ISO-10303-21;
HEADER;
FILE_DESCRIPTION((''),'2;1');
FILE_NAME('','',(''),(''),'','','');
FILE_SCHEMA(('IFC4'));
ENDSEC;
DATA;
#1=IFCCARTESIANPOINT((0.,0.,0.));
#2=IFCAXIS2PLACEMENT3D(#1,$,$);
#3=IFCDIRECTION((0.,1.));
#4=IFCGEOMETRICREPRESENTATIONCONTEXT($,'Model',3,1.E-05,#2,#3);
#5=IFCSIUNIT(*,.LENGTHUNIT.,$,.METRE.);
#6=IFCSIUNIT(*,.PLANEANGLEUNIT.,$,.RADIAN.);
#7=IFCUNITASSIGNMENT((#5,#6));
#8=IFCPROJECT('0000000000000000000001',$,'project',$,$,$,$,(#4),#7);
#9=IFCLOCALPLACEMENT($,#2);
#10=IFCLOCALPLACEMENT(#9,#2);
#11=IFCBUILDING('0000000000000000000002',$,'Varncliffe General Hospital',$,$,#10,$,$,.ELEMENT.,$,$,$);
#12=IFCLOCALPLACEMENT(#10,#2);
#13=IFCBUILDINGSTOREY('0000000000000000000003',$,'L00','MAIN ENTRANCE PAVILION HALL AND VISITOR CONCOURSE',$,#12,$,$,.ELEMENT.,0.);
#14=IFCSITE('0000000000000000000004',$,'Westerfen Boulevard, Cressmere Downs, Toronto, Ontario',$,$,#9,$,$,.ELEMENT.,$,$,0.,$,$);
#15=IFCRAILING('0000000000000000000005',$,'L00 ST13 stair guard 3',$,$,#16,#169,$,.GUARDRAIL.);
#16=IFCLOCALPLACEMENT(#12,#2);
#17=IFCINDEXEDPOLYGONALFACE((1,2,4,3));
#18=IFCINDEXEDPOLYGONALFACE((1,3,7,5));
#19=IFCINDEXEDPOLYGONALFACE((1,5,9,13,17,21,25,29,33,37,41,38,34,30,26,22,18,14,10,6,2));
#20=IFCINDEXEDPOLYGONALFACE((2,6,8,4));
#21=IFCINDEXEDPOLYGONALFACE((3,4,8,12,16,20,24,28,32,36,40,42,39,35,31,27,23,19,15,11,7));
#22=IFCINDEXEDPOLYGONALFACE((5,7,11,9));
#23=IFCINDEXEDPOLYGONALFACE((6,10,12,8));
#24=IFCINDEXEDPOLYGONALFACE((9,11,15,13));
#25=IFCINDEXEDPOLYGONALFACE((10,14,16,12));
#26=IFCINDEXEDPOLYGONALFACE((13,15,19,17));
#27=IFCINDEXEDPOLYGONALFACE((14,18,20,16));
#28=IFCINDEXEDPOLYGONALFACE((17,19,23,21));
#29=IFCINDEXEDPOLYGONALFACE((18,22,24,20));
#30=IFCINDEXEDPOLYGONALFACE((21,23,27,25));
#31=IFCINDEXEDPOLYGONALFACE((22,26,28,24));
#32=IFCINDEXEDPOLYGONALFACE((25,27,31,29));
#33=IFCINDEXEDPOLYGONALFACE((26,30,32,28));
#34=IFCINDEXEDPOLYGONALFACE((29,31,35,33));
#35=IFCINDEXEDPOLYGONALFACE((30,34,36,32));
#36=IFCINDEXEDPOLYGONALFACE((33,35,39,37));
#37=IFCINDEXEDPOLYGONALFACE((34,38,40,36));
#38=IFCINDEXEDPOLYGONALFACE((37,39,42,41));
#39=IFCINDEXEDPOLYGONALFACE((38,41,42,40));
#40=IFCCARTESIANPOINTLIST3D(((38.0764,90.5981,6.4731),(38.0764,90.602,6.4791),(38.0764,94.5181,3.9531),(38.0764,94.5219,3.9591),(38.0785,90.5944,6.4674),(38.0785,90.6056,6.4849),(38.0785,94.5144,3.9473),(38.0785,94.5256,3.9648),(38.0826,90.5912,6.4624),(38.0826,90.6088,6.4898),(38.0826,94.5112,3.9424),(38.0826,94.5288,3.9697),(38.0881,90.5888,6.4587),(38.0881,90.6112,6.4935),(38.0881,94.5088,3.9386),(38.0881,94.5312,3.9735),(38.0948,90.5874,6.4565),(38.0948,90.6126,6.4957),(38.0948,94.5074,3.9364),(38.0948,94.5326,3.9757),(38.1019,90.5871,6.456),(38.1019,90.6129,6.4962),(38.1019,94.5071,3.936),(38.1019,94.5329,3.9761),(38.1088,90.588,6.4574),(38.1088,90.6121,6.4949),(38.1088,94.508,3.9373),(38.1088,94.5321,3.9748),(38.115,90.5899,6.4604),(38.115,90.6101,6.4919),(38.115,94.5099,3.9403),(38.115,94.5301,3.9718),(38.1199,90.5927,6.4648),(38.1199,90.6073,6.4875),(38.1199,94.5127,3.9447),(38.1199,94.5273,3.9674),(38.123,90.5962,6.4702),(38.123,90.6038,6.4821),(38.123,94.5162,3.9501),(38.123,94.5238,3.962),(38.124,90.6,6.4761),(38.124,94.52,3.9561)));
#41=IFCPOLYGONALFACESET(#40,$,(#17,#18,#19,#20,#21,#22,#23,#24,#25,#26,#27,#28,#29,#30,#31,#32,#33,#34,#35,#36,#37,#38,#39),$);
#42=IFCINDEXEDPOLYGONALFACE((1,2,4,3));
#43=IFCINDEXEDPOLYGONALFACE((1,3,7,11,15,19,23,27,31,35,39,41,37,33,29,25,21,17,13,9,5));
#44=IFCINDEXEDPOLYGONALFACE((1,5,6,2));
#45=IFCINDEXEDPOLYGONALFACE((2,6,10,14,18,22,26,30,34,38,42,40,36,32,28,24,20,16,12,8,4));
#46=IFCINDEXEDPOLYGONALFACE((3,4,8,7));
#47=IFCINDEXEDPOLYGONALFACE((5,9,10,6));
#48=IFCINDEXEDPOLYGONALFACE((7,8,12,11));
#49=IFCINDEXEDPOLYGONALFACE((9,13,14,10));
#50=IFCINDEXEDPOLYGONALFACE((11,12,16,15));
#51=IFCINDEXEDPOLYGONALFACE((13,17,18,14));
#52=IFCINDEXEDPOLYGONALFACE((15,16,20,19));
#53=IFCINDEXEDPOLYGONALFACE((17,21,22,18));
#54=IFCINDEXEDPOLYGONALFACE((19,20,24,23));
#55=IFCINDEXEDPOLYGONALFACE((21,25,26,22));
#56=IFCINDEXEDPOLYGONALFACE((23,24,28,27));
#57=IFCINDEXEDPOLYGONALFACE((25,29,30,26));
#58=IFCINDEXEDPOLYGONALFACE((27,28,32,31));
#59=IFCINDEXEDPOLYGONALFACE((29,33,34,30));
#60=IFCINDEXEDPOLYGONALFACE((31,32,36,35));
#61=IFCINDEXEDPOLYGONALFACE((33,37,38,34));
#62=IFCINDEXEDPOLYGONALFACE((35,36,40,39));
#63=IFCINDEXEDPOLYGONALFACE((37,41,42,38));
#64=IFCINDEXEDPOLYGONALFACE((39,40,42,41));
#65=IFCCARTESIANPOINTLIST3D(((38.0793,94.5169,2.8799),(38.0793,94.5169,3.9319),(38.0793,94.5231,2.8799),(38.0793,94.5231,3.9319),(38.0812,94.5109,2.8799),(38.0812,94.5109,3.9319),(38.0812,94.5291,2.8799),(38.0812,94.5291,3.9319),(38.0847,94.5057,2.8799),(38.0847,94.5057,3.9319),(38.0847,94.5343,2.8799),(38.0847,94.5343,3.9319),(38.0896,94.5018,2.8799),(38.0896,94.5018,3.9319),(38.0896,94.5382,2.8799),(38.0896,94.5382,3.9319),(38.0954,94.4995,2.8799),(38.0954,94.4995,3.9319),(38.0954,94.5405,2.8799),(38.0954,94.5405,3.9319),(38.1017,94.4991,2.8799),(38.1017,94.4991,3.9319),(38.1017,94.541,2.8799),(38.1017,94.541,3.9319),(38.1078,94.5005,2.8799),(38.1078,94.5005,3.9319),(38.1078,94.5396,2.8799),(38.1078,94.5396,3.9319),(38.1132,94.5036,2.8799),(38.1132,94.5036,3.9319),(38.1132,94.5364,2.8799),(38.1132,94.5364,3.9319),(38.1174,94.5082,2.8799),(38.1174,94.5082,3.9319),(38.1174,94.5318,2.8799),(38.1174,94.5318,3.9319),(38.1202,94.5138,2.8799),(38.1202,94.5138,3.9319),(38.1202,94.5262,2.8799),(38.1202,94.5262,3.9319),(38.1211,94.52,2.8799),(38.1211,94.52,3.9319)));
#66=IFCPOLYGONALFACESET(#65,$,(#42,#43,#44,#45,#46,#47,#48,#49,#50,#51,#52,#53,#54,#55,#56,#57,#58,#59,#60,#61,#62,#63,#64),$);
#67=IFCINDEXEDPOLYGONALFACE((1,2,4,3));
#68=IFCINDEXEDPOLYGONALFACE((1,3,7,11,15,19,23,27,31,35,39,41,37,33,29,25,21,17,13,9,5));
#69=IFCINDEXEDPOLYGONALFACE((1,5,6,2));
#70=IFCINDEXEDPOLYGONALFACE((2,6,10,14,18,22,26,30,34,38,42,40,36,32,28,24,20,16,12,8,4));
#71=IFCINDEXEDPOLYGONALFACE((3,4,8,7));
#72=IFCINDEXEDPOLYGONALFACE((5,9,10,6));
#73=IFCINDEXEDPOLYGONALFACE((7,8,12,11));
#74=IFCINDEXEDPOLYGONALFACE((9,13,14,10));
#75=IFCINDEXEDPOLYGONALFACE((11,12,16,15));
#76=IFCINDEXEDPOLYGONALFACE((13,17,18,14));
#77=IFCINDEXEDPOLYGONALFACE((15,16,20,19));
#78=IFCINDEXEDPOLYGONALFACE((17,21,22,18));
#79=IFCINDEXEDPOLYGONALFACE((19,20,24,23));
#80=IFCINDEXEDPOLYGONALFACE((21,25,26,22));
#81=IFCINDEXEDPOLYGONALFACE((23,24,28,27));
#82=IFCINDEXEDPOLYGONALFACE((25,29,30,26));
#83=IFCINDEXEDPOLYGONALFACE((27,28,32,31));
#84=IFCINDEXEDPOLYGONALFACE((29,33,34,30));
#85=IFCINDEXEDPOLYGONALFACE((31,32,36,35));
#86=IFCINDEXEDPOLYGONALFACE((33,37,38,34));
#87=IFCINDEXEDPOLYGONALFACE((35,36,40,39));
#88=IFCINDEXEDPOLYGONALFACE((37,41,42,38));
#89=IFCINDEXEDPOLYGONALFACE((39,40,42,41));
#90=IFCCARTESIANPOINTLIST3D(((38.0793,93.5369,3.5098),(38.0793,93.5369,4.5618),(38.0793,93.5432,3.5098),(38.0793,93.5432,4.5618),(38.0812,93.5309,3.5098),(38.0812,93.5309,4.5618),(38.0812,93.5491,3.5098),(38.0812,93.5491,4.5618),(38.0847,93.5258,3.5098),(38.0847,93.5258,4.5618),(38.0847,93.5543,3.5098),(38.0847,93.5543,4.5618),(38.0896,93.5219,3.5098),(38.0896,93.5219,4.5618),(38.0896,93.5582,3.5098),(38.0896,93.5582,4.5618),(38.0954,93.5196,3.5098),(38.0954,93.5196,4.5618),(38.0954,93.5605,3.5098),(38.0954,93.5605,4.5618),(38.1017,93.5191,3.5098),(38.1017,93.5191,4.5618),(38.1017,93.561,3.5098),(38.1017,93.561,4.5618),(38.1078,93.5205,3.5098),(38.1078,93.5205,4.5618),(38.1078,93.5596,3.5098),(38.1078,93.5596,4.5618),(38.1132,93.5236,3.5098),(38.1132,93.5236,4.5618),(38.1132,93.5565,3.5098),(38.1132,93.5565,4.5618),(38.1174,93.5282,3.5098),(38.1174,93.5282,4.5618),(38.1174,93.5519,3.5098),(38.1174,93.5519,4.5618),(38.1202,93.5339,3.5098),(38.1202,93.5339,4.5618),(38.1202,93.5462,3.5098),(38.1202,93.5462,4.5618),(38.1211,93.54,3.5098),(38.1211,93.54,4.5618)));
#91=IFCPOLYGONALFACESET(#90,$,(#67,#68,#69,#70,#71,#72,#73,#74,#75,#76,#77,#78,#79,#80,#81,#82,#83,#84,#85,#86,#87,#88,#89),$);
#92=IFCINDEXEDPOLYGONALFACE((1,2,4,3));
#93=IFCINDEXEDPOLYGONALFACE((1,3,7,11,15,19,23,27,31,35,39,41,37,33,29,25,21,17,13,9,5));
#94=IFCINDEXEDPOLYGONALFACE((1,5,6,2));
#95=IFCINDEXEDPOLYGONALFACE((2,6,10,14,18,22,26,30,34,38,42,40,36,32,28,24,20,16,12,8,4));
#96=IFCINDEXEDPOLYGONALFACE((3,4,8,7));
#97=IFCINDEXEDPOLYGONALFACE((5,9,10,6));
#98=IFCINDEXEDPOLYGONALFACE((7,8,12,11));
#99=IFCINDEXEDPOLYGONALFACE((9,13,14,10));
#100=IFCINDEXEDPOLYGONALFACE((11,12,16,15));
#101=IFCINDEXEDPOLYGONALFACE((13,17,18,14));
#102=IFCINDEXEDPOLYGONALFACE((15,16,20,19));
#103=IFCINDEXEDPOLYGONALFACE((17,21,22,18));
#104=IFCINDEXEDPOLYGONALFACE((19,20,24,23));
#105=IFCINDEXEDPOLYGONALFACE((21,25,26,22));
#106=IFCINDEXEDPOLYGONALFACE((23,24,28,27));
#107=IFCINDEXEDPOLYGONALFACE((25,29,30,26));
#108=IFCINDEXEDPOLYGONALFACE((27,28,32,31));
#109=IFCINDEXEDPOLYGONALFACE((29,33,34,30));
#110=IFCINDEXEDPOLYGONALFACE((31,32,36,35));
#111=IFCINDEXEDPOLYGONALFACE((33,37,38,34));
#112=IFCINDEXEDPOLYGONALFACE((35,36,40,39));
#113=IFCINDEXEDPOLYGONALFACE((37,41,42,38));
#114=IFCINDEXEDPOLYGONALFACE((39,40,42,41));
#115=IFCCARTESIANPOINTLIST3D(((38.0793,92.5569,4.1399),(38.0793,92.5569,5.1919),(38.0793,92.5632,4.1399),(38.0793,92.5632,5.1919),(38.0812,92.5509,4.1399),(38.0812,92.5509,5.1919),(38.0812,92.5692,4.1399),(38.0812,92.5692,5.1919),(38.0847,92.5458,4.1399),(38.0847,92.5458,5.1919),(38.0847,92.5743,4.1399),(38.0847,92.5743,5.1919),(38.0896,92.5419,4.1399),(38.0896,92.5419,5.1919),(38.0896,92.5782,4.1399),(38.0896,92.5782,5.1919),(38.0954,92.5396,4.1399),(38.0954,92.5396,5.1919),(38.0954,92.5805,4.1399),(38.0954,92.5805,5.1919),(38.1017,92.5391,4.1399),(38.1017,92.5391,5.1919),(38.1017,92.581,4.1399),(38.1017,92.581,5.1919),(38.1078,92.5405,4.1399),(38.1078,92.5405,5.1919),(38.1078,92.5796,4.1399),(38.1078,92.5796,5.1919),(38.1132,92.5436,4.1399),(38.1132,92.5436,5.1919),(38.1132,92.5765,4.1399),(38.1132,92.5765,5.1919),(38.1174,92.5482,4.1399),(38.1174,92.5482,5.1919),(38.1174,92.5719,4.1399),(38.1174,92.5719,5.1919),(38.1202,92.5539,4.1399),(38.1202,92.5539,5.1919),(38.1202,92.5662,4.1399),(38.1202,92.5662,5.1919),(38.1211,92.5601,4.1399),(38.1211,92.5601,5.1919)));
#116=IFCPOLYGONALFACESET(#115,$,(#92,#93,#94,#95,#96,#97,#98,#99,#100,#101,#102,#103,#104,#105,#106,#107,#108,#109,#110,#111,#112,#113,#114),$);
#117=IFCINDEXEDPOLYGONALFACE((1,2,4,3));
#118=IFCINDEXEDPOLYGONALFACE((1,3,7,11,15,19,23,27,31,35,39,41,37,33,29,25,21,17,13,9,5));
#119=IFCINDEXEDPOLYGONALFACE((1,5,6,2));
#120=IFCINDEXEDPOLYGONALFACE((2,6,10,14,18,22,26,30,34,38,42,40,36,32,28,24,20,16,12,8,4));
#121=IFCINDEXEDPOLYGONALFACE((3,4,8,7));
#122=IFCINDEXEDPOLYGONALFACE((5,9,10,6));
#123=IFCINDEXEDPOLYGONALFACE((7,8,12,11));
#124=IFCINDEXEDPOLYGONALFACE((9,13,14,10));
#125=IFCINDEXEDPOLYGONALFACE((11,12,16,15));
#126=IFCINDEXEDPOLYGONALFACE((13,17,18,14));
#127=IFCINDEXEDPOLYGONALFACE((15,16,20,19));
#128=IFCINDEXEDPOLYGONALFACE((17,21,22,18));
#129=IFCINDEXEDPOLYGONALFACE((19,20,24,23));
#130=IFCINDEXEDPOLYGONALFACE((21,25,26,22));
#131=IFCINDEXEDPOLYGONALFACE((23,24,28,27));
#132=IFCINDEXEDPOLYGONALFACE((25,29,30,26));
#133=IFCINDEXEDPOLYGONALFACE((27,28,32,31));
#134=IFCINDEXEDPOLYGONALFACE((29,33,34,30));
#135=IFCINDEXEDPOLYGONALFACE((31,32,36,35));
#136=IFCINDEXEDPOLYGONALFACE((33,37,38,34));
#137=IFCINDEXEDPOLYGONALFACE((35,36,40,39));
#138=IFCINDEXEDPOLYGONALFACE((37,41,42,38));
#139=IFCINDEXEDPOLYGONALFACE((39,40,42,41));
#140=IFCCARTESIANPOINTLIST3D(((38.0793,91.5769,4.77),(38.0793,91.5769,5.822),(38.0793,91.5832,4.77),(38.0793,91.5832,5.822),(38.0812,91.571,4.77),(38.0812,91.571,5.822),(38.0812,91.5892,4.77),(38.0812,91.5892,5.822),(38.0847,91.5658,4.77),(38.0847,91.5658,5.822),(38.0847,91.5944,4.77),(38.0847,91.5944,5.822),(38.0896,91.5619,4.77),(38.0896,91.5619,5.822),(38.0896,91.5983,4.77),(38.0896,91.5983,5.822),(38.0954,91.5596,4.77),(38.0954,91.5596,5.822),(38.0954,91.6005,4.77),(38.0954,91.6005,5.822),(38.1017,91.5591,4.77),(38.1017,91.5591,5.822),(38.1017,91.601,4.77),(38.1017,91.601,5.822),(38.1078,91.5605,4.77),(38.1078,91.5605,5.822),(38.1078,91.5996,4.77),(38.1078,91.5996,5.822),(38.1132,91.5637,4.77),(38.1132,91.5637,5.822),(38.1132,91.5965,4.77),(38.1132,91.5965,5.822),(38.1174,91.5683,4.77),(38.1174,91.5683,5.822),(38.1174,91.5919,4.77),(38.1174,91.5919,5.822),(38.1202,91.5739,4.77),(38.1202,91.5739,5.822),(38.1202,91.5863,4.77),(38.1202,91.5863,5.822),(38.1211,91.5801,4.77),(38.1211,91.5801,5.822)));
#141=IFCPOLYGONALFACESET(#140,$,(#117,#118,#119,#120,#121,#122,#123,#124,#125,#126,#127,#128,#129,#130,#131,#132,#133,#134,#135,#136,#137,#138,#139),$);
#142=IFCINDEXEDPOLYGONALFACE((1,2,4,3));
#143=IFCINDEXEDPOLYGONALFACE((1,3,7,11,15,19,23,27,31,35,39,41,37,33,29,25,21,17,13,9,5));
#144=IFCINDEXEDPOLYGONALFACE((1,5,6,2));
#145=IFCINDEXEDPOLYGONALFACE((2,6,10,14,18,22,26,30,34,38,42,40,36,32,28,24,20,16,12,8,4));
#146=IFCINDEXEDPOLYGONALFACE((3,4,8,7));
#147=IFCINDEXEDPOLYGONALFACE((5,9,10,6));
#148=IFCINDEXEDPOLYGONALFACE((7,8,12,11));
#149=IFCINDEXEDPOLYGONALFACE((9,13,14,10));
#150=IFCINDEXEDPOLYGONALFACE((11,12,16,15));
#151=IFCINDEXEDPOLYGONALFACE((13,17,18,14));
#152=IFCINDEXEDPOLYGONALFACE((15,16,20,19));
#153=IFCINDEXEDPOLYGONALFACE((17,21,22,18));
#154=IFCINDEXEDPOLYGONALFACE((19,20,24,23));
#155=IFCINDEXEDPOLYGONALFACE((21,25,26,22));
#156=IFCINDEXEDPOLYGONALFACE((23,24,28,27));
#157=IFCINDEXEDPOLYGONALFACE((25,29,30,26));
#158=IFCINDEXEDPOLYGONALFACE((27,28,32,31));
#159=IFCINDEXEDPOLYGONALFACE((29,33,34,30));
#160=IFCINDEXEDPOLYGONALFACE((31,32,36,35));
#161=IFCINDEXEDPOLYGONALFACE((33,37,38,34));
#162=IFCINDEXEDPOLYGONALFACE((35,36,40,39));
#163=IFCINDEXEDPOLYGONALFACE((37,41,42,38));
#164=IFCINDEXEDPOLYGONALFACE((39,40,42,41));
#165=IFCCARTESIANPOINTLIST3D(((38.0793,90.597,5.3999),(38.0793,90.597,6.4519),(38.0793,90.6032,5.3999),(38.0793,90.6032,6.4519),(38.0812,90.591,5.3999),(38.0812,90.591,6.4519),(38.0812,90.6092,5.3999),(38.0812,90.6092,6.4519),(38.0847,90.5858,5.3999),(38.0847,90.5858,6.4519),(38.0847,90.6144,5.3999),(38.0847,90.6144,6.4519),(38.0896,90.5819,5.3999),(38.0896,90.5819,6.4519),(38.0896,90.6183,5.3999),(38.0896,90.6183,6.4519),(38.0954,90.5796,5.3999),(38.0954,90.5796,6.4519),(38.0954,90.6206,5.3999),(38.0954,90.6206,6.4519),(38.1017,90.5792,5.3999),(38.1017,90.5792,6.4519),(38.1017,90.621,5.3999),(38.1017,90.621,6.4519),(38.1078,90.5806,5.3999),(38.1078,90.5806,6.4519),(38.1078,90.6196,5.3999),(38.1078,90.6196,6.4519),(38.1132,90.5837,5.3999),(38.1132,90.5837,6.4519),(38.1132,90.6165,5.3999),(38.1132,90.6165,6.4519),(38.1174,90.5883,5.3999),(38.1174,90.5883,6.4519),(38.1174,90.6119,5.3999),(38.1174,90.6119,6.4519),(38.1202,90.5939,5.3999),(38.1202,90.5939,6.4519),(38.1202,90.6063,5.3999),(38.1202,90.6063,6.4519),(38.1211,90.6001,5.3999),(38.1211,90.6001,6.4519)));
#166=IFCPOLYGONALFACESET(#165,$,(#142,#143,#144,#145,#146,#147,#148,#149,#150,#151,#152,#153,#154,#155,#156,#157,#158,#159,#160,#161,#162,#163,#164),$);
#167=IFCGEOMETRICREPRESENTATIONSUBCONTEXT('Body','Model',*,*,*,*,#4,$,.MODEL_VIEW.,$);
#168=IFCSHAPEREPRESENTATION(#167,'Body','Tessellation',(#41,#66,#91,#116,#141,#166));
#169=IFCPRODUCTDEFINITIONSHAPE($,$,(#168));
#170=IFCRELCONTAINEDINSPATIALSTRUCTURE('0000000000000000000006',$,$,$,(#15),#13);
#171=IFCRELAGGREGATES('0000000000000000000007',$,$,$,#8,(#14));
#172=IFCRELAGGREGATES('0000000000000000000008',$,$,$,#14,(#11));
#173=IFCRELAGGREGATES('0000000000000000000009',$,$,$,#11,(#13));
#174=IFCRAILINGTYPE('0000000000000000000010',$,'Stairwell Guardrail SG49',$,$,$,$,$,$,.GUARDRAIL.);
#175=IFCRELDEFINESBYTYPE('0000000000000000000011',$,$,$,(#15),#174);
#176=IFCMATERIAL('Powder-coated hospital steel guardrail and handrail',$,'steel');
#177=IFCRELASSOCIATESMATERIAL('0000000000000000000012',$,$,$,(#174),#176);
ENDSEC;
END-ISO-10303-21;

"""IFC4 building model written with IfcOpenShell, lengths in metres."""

from ifc_helpers import new_model, si_unit, direction, frame, origin, origin_2d, place, context, subcontext, project, spatial, circle, extrude, material, type_object, element, save


model = new_model("IFC4")

# Units and contexts
model_context = context("Model", 3, precision=1e-05, world=origin(), true_north=direction((0.0, 1.0)))
body_context = subcontext(model_context, "Body", "Model", "MODEL_VIEW")
ifc_project = project(units=[si_unit("LENGTHUNIT", "METRE"), si_unit("PLANEANGLEUNIT", "RADIAN")], contexts=[model_context])

# Site, building, storey
site_placement = place(None, origin())
site = spatial("IfcSite", under=ifc_project, at=site_placement, Name="Westerfen Boulevard, Cressmere Downs, Toronto, Ontario", CompositionType="ELEMENT", RefElevation=0.0)
building_placement = place(site_placement, origin())
building = spatial("IfcBuilding", under=site, at=building_placement, Name="Varncliffe General Hospital", CompositionType="ELEMENT")
storey_placement = place(building_placement, origin())
storey = spatial("IfcBuildingStorey", under=building, at=storey_placement, Name="L00", Description="MAIN ENTRANCE PAVILION HALL AND VISITOR CONCOURSE", CompositionType="ELEMENT", Elevation=0.0)

# Railing
ifc_material_1 = material(Name="Powder-coated hospital steel guardrail and handrail", Category="steel")
railing_type_1 = type_object("IfcRailingType", Name="Stairwell Guardrail SG49", PredefinedType="GUARDRAIL", material=ifc_material_1)
railing_1_placement = place(storey_placement, frame((38.1001, 94.52, 2.8799)))
element("IfcRailing", 1, at=railing_1_placement, inside=storey, type_object=railing_type_1, Name="L00 ST13 stair guard 3", PredefinedType="GUARDRAIL", context=body_context, shape_type="SweptSolid", body=[
    extrude(circle(Radius=0.0239, at=origin_2d()), frame((0.0, 0.0, 1.0762), z_axis=(0.0, -0.841172, 0.540768), x_axis=(1.0, 0.0, 0.0)), (0.0, 0.0, 1.0), 4.6602),
    extrude(circle(Radius=0.021, at=origin_2d()), origin(), (0.0, 0.0, 1.0), 1.052),
    extrude(circle(Radius=0.021, at=origin_2d()), frame((0.0, -0.98, 0.6299)), (0.0, 0.0, 1.0), 1.052),
    extrude(circle(Radius=0.021, at=origin_2d()), frame((0.0, -1.96, 1.26)), (0.0, 0.0, 1.0), 1.052),
    extrude(circle(Radius=0.021, at=origin_2d()), frame((0.0, -2.9399, 1.8901)), (0.0, 0.0, 1.0), 1.052),
    extrude(circle(Radius=0.021, at=origin_2d()), frame((0.0, -3.9199, 2.52)), (0.0, 0.0, 1.0), 1.052),
])

save(model, "model.ifc")
